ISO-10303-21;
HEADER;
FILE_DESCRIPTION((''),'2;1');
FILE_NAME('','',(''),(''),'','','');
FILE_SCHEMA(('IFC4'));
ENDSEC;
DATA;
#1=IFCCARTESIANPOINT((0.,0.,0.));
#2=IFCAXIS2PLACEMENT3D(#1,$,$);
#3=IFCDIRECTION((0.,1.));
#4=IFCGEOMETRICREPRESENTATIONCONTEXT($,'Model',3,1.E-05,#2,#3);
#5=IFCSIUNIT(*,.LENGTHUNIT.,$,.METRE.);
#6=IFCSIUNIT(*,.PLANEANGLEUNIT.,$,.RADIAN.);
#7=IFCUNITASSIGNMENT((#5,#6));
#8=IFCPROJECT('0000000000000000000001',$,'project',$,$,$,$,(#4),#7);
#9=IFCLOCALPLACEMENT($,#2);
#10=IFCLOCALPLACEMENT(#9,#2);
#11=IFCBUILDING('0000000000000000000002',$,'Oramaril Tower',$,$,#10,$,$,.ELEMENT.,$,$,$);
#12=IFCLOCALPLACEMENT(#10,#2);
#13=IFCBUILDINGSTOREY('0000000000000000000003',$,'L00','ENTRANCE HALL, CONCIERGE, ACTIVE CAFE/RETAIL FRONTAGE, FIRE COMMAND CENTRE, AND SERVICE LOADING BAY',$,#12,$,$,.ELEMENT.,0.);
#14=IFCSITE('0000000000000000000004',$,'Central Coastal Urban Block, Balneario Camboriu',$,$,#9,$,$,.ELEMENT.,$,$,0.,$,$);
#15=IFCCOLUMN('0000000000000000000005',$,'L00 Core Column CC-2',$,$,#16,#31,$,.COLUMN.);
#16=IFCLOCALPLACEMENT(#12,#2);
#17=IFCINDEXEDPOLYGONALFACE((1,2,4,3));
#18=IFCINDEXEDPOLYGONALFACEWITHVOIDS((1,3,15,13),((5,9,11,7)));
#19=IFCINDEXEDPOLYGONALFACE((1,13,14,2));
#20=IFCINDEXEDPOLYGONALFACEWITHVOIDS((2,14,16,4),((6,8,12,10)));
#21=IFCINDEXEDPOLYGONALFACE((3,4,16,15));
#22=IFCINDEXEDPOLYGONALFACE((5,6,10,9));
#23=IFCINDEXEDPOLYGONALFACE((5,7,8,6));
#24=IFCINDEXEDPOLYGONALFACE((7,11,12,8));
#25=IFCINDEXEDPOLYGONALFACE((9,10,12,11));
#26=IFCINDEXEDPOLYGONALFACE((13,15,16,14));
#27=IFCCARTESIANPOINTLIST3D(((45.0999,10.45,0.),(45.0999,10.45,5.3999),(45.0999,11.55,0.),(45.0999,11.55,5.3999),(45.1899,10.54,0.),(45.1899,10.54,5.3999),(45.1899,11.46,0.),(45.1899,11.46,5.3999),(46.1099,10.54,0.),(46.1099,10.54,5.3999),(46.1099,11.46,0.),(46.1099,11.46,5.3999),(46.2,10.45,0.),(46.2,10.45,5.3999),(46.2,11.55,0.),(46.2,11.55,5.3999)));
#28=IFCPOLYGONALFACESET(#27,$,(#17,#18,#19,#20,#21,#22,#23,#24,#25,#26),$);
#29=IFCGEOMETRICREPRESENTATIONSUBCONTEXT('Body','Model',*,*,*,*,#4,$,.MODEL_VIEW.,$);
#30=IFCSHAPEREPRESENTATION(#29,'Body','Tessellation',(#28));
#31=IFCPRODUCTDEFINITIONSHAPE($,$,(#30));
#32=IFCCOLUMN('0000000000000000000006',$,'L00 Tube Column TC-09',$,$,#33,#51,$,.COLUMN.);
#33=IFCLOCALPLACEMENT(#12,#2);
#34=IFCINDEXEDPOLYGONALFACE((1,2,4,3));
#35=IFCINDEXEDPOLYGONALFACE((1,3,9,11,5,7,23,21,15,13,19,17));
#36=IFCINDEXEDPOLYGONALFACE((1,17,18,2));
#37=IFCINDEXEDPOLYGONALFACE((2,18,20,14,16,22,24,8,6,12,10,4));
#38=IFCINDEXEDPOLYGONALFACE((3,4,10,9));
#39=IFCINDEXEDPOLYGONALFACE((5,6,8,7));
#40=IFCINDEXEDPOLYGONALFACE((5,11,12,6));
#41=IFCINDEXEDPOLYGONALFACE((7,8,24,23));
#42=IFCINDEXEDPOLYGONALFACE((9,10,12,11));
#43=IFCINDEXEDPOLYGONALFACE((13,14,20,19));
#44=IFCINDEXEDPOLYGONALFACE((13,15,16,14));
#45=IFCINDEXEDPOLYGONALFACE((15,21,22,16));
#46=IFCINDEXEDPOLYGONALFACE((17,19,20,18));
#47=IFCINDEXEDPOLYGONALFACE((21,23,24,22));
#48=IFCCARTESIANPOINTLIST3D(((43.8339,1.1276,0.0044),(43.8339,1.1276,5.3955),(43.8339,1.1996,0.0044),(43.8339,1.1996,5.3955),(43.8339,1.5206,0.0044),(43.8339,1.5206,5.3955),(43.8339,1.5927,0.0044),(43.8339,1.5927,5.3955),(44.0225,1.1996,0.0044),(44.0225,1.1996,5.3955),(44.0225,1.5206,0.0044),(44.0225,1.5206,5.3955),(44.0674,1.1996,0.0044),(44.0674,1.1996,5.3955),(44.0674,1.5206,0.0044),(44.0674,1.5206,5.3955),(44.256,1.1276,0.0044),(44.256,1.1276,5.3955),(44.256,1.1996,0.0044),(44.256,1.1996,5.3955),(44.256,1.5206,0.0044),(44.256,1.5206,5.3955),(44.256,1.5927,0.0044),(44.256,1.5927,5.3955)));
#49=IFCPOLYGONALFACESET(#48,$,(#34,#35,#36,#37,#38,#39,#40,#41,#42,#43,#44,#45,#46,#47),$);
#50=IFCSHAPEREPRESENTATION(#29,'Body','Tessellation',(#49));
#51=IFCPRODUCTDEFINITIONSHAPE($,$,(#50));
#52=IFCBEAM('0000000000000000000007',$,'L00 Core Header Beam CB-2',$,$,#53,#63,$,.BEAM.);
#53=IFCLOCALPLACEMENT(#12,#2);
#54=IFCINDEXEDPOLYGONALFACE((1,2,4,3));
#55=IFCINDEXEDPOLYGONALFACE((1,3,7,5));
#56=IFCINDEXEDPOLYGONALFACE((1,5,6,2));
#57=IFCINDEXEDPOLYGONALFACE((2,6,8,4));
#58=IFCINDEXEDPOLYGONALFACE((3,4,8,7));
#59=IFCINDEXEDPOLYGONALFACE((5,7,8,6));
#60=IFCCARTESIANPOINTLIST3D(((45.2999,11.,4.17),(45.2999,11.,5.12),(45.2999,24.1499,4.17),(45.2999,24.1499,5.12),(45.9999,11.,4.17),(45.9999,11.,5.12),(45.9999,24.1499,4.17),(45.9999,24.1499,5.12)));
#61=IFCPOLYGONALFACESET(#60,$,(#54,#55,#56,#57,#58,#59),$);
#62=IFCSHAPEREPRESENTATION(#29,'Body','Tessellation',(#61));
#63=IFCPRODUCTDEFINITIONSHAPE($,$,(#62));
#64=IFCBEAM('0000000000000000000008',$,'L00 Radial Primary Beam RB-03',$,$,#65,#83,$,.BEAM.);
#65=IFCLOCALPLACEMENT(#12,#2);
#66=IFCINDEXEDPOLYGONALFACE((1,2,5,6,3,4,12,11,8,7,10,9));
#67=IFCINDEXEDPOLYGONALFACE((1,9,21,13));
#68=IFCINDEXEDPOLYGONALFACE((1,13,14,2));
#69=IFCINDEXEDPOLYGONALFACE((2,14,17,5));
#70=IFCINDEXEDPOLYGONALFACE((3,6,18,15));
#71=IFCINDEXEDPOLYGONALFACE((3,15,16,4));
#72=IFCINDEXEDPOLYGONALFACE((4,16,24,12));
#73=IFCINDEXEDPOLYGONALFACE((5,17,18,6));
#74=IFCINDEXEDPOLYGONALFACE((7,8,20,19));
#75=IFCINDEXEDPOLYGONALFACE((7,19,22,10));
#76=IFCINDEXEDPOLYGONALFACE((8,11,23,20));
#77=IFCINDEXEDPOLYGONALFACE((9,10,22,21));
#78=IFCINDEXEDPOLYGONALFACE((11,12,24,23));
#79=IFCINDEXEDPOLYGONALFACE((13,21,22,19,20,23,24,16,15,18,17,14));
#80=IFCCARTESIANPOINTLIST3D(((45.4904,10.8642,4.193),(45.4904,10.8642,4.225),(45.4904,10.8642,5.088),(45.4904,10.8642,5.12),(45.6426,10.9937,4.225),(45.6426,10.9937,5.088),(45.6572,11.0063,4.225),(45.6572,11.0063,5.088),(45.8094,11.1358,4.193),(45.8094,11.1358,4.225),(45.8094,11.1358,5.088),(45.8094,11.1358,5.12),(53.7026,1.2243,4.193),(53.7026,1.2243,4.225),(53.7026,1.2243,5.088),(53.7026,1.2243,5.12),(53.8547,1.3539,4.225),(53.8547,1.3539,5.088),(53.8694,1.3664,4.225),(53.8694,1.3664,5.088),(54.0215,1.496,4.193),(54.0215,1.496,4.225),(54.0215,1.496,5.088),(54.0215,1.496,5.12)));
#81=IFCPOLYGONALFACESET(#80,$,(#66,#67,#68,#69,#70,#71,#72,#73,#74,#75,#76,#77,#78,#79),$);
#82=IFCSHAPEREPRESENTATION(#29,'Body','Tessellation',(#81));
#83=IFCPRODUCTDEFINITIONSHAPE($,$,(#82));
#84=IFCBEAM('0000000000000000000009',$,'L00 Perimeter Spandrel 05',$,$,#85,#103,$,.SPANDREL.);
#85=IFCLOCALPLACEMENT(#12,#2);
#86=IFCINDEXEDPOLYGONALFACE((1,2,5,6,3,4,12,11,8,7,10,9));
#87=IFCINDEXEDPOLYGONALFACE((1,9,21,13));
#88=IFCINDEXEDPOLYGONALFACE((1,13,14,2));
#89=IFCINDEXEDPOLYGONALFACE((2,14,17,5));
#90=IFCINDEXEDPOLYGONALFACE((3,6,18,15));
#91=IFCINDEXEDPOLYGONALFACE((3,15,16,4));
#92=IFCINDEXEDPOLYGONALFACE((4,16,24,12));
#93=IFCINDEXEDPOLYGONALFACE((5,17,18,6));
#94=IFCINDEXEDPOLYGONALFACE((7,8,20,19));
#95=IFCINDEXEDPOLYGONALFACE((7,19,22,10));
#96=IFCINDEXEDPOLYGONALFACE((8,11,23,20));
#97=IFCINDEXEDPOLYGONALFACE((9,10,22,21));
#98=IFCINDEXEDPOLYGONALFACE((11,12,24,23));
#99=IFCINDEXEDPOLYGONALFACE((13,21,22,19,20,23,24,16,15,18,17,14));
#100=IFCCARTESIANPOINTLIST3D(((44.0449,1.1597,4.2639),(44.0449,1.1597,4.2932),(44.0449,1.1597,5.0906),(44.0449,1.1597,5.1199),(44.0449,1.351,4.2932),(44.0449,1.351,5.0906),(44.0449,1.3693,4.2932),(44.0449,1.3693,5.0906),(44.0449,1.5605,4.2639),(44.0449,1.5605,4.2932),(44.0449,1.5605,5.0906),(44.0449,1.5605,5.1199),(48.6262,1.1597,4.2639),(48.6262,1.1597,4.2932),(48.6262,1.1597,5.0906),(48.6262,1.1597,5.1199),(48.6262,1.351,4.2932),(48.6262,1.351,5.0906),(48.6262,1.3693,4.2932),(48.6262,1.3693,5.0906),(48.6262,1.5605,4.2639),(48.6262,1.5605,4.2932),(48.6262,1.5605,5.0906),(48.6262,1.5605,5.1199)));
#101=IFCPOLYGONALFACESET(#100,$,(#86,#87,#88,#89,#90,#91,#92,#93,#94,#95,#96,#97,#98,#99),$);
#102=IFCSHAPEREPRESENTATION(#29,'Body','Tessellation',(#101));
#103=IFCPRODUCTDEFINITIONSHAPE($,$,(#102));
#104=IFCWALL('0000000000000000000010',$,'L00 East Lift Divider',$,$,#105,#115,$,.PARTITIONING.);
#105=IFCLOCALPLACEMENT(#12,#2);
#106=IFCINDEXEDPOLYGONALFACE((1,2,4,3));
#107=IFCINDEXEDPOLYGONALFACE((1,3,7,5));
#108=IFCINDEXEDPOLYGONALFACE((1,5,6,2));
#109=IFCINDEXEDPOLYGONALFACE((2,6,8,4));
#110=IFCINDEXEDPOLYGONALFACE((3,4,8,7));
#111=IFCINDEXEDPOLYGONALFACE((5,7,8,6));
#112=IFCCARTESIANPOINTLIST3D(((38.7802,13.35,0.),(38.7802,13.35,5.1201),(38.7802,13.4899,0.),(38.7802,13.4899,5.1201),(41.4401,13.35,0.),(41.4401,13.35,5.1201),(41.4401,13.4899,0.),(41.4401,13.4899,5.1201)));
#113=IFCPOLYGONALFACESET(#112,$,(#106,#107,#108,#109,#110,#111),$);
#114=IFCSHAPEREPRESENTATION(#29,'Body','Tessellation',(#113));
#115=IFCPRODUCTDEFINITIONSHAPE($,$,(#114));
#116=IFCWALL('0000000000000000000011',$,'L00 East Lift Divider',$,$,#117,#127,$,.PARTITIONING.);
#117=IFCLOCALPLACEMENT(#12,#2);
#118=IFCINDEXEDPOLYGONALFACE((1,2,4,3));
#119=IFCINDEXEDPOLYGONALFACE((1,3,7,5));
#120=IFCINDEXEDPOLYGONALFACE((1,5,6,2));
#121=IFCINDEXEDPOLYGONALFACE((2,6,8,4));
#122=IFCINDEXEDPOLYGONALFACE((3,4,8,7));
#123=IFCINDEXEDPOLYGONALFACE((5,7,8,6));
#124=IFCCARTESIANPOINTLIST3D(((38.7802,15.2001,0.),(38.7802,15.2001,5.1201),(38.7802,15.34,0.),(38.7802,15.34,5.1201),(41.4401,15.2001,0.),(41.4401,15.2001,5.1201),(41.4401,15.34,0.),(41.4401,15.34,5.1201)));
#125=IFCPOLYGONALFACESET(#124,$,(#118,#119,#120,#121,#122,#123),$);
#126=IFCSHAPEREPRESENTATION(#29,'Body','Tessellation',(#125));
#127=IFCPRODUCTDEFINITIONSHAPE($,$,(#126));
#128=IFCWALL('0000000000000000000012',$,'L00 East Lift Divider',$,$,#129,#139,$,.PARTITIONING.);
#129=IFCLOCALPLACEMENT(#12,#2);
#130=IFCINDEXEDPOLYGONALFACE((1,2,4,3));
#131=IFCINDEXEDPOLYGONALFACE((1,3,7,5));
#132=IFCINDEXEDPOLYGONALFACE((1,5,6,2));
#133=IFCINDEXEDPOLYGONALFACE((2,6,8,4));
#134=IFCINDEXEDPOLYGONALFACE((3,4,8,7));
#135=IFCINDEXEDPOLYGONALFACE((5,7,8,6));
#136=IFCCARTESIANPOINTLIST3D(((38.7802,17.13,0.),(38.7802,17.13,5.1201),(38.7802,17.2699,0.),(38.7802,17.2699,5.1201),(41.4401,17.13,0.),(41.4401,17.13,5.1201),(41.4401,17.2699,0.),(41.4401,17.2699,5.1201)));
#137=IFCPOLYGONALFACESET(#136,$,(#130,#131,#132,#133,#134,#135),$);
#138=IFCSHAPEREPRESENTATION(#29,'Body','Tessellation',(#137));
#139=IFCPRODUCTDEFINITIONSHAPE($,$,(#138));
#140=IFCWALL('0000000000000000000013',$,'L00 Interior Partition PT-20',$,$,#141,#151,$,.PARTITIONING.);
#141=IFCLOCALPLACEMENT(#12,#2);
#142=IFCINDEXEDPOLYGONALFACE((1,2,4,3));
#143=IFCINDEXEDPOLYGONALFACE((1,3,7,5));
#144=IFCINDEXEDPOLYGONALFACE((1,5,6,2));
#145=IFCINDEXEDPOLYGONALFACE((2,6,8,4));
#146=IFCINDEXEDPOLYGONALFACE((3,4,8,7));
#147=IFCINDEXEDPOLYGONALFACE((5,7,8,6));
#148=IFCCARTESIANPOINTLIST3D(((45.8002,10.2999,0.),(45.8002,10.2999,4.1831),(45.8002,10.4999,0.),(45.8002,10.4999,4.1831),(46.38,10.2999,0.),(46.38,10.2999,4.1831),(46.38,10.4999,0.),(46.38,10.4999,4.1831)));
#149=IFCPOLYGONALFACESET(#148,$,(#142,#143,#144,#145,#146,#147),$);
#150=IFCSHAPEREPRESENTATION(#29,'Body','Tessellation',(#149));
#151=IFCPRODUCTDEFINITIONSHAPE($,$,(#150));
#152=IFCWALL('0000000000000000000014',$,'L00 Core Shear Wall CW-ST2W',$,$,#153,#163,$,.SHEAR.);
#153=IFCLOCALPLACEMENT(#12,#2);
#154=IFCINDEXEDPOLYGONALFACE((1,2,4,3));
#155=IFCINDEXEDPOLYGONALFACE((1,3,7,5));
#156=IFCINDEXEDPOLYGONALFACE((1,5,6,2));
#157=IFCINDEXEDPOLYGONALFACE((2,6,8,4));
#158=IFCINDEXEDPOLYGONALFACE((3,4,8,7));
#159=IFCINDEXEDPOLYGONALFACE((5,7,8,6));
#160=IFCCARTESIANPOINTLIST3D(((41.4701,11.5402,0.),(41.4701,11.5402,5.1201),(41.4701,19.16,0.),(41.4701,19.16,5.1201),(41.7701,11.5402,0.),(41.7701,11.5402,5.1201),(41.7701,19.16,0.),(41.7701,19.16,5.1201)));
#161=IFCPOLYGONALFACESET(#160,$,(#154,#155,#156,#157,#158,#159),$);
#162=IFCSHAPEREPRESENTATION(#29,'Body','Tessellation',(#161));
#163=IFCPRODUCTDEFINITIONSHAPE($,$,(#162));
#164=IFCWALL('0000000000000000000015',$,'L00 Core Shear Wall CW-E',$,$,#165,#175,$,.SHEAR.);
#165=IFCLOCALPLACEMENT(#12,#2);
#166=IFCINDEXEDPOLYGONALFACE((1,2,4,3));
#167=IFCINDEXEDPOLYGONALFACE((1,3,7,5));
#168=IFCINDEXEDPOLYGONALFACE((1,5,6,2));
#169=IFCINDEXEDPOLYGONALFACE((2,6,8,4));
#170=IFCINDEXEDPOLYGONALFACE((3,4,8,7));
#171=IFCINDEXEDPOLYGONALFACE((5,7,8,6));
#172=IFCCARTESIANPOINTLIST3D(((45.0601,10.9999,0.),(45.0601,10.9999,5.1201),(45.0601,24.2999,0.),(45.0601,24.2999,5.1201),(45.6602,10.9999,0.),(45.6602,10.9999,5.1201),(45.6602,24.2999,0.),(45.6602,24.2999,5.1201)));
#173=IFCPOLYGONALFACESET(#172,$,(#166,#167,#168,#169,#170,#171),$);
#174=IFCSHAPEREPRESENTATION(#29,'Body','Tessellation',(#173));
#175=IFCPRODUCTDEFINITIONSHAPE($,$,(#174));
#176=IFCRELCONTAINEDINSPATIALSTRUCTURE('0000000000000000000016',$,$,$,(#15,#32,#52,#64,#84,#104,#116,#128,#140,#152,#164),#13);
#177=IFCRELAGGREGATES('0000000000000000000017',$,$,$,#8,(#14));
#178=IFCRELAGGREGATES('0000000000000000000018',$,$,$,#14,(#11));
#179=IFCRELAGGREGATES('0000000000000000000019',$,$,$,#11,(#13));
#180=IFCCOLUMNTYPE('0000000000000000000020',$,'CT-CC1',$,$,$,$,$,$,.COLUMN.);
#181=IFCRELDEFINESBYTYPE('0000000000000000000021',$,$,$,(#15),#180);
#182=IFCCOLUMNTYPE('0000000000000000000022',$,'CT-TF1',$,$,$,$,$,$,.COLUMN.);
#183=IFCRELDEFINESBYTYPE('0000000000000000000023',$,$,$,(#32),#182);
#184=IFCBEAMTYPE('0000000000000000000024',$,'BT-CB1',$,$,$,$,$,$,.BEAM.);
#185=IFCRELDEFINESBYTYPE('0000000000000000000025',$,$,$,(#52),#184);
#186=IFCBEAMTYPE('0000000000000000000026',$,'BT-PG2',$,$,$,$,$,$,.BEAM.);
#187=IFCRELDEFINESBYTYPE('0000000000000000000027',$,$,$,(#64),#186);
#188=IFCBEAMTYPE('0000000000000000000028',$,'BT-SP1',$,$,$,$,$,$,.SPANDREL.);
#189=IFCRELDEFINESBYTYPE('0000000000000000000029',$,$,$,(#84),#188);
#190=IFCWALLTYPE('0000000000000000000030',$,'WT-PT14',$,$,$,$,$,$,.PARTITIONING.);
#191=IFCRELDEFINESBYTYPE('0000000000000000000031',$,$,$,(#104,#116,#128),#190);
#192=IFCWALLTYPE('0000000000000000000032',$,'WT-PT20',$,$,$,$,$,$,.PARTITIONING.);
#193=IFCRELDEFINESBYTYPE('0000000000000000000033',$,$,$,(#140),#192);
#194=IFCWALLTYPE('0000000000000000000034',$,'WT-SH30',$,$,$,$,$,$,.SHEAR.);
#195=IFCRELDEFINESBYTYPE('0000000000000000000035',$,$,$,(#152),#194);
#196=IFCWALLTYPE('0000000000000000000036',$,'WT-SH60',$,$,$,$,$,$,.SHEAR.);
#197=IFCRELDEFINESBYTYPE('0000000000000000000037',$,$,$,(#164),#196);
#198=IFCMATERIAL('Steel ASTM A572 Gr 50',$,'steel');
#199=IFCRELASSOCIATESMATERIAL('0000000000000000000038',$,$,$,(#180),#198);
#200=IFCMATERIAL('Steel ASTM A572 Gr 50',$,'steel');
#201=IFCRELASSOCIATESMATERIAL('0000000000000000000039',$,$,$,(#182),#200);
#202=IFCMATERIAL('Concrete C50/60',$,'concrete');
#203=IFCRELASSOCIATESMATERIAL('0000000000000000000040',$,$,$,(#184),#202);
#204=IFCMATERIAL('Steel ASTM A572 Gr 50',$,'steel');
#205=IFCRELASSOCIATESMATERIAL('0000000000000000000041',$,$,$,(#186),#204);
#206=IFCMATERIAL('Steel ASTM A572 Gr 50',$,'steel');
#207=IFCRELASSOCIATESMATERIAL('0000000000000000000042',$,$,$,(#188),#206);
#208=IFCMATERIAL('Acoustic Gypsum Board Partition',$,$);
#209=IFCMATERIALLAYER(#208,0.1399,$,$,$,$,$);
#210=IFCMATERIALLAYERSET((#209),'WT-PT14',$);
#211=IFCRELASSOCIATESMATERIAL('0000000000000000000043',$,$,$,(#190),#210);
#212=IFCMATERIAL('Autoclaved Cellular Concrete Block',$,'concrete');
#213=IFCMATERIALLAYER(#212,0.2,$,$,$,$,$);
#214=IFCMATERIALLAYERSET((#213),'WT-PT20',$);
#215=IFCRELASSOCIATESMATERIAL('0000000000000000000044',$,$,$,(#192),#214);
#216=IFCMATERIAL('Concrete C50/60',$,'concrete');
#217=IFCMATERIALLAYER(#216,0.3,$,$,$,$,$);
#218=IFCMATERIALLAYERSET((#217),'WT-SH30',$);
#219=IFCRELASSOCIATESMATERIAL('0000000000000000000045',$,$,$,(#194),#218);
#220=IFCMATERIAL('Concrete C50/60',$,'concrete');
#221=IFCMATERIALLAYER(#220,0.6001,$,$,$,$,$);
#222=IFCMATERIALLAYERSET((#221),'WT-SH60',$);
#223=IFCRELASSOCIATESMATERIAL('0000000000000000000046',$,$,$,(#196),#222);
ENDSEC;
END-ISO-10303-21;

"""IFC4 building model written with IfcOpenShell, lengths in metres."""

from ifc_helpers import new_model, si_unit, direction, frame, frame_2d, origin, origin_2d, place, context, subcontext, project, spatial, rectangle, hollow_rectangle, i_section, extrude, material, layer, layer_set, material_profile, profile_set, type_object, element, save


model = new_model("IFC4")

# Units and contexts
model_context = context("Model", 3, precision=1e-05, world=origin(), true_north=direction((0.0, 1.0)))
body_context = subcontext(model_context, "Body", "Model", "MODEL_VIEW")
ifc_project = project(units=[si_unit("LENGTHUNIT", "METRE"), si_unit("PLANEANGLEUNIT", "RADIAN")], contexts=[model_context])

# Site, building, storey
site_placement = place(None, origin())
site = spatial("IfcSite", under=ifc_project, at=site_placement, Name="Central Coastal Urban Block, Balneario Camboriu", CompositionType="ELEMENT", RefElevation=0.0)
building_placement = place(site_placement, origin())
building = spatial("IfcBuilding", under=site, at=building_placement, Name="Oramaril Tower", CompositionType="ELEMENT")
storey_placement = place(building_placement, origin())
storey = spatial("IfcBuildingStorey", under=building, at=storey_placement, Name="L00", Description="ENTRANCE HALL, CONCIERGE, ACTIVE CAFE/RETAIL FRONTAGE, FIRE COMMAND CENTRE, AND SERVICE LOADING BAY", CompositionType="ELEMENT", Elevation=0.0)

# Columns
ifc_material_1 = material(Name="Steel ASTM A572 Gr 50", Category="steel")
ifc_material_profile_1 = material_profile(ifc_material_1, hollow_rectangle(XDim=1.1001, YDim=1.1001, WallThickness=0.0901, at=origin_2d()), Name="BOX1100X1100X90")
ifc_profile_set_1 = profile_set([ifc_material_profile_1], Name="Steel ASTM A572 Gr 50")
column_type_1 = type_object("IfcColumnType", Name="CT-CC1", PredefinedType="COLUMN", material=ifc_profile_set_1)
column_1_placement = place(storey_placement, frame((45.6499, 11.0, 0.0), z_axis=(0.0, 0.0, 1.0), x_axis=(1.0, 0.0, 0.0)))
element("IfcColumn", 1, at=column_1_placement, inside=storey, type_object=column_type_1, Name="L00 Core Column CC-2", PredefinedType="COLUMN", context=body_context, shape_type="SweptSolid", body=[
    extrude(hollow_rectangle(XDim=1.1001, YDim=1.1001, WallThickness=0.0901, at=origin_2d()), origin(), (0.0, 0.0, 1.0), 5.3999),
])
ifc_material_2 = material(Name="Steel ASTM A572 Gr 50", Category="steel")
ifc_material_profile_2 = material_profile(ifc_material_2, i_section(OverallWidth=0.4221, OverallDepth=0.4651, WebThickness=0.0449, FlangeThickness=0.072, at=origin_2d()), Name="W14X398")
ifc_profile_set_2 = profile_set([ifc_material_profile_2], Name="Steel ASTM A572 Gr 50")
column_type_2 = type_object("IfcColumnType", Name="CT-TF1", PredefinedType="COLUMN", material=ifc_profile_set_2)
column_2_placement = place(storey_placement, frame((44.0449, 1.3601, 0.0044), z_axis=(0.0, 0.0, 1.0), x_axis=(1.0, 0.0, 0.0)))
element("IfcColumn", 2, at=column_2_placement, inside=storey, type_object=column_type_2, Name="L00 Tube Column TC-09", PredefinedType="COLUMN", context=body_context, shape_type="SweptSolid", body=[
    extrude(i_section(OverallWidth=0.4221, OverallDepth=0.4651, WebThickness=0.0449, FlangeThickness=0.072, at=origin_2d()), origin(), (0.0, 0.0, 1.0), 5.3911),
])

# Beams
ifc_material_3 = material(Name="Concrete C50/60", Category="concrete")
ifc_material_profile_3 = material_profile(ifc_material_3, rectangle(XDim=0.7, YDim=0.95, at=origin_2d()), Name="CB700X950")
ifc_profile_set_3 = profile_set([ifc_material_profile_3], Name="Concrete C50/60")
beam_type_1 = type_object("IfcBeamType", Name="BT-CB1", PredefinedType="BEAM", material=ifc_profile_set_3)
beam_1_placement = place(storey_placement, frame((45.6499, 11.0, 4.645), z_axis=(0.0, 1.0, 0.0), x_axis=(-1.0, 0.0, 0.0)))
element("IfcBeam", 3, at=beam_1_placement, inside=storey, type_object=beam_type_1, Name="L00 Core Header Beam CB-2", PredefinedType="BEAM", context=body_context, shape_type="SweptSolid", body=[
    extrude(rectangle(XDim=0.7, YDim=0.95, at=origin_2d()), origin(), (0.0, 0.0, 1.0), 13.1499),
])
ifc_material_4 = material(Name="Steel ASTM A572 Gr 50", Category="steel")
ifc_material_profile_4 = material_profile(ifc_material_4, i_section(OverallWidth=0.4189, OverallDepth=0.927, WebThickness=0.0193, FlangeThickness=0.032, at=origin_2d()), Name="W36X231")
ifc_profile_set_4 = profile_set([ifc_material_profile_4], Name="Steel ASTM A572 Gr 50")
beam_type_2 = type_object("IfcBeamType", Name="BT-PG2", PredefinedType="BEAM", material=ifc_profile_set_4)
beam_2_placement = place(storey_placement, frame((45.6499, 11.0, 4.6565), z_axis=(0.648485, -0.761228, 0.0), x_axis=(0.761228, 0.648485, 0.0)))
element("IfcBeam", 4, at=beam_2_placement, inside=storey, type_object=beam_type_2, Name="L00 Radial Primary Beam RB-03", PredefinedType="BEAM", context=body_context, shape_type="SweptSolid", body=[
    extrude(i_section(OverallWidth=0.4189, OverallDepth=0.927, WebThickness=0.0193, FlangeThickness=0.032, at=origin_2d()), origin(), (0.0, 0.0, 1.0), 12.6636),
])
ifc_material_5 = material(Name="Steel ASTM A572 Gr 50", Category="steel")
ifc_material_profile_5 = material_profile(ifc_material_5, i_section(OverallWidth=0.4009, OverallDepth=0.856, WebThickness=0.0183, FlangeThickness=0.0293, at=origin_2d()), Name="W33X201")
ifc_profile_set_5 = profile_set([ifc_material_profile_5], Name="Steel ASTM A572 Gr 50")
beam_type_3 = type_object("IfcBeamType", Name="BT-SP1", PredefinedType="SPANDREL", material=ifc_profile_set_5)
beam_3_placement = place(storey_placement, frame((44.0449, 1.3601, 4.6919), z_axis=(1.0, 0.0, 0.0), x_axis=(0.0, 1.0, 0.0)))
element("IfcBeam", 5, at=beam_3_placement, inside=storey, type_object=beam_type_3, Name="L00 Perimeter Spandrel 05", PredefinedType="SPANDREL", context=body_context, shape_type="SweptSolid", body=[
    extrude(i_section(OverallWidth=0.4009, OverallDepth=0.856, WebThickness=0.0183, FlangeThickness=0.0293, at=origin_2d()), origin(), (0.0, 0.0, 1.0), 4.5813),
])

# Walls
ifc_material_6 = material(Name="Acoustic Gypsum Board Partition")
ifc_layer_1 = layer(ifc_material_6, 0.1399)
ifc_layer_set_1 = layer_set([ifc_layer_1], Name="WT-PT14")
wall_type_1 = type_object("IfcWallType", Name="WT-PT14", PredefinedType="PARTITIONING", material=ifc_layer_set_1)
for number, where, z_axis, x_axis, name in (
    (6, (38.78, 13.4199, 0.0), (0.0, 0.0, 1.0), (1.0, 0.0, 0.0), "L00 East Lift Divider"),
    (7, (38.78, 15.27, 0.0), (0.0, 0.0, 1.0), (1.0, 0.0, 0.0), "L00 East Lift Divider"),
    (8, (38.78, 17.2, 0.0), (0.0, 0.0, 1.0), (1.0, 0.0, 0.0), "L00 East Lift Divider"),
):
    element("IfcWall", number, at=place(storey_placement, frame(where, z_axis=z_axis, x_axis=x_axis)), inside=storey, type_object=wall_type_1, Name=name, PredefinedType="PARTITIONING", context=body_context, shape_type="SweptSolid", body=[
        extrude(rectangle(XDim=2.6599, YDim=0.1399, at=frame_2d((1.3301, 0.0))), origin(), (0.0, 0.0, 1.0), 5.1201),
    ])
ifc_material_7 = material(Name="Autoclaved Cellular Concrete Block", Category="concrete")
ifc_layer_2 = layer(ifc_material_7, 0.2)
ifc_layer_set_2 = layer_set([ifc_layer_2], Name="WT-PT20")
wall_type_2 = type_object("IfcWallType", Name="WT-PT20", PredefinedType="PARTITIONING", material=ifc_layer_set_2)
wall_1_placement = place(storey_placement, frame((45.8, 10.3999, 0.0), z_axis=(0.0, 0.0, 1.0), x_axis=(1.0, 0.0, 0.0)))
element("IfcWall", 9, at=wall_1_placement, inside=storey, type_object=wall_type_2, Name="L00 Interior Partition PT-20", PredefinedType="PARTITIONING", context=body_context, shape_type="SweptSolid", body=[
    extrude(rectangle(XDim=0.5798, YDim=0.2, at=frame_2d((0.29, 0.0))), origin(), (0.0, 0.0, 1.0), 4.1831),
])
ifc_material_8 = material(Name="Concrete C50/60", Category="concrete")
ifc_layer_3 = layer(ifc_material_8, 0.3)
ifc_layer_set_3 = layer_set([ifc_layer_3], Name="WT-SH30")
wall_type_3 = type_object("IfcWallType", Name="WT-SH30", PredefinedType="SHEAR", material=ifc_layer_set_3)
wall_2_placement = place(storey_placement, frame((41.6201, 11.54, 0.0), z_axis=(0.0, 0.0, 1.0), x_axis=(0.0, 1.0, 0.0)))
element("IfcWall", 10, at=wall_2_placement, inside=storey, type_object=wall_type_3, Name="L00 Core Shear Wall CW-ST2W", PredefinedType="SHEAR", context=body_context, shape_type="SweptSolid", body=[
    extrude(rectangle(XDim=7.6199, YDim=0.3, at=frame_2d((3.8101, 0.0))), origin(), (0.0, 0.0, 1.0), 5.1201),
])
ifc_material_9 = material(Name="Concrete C50/60", Category="concrete")
ifc_layer_4 = layer(ifc_material_9, 0.6001)
ifc_layer_set_4 = layer_set([ifc_layer_4], Name="WT-SH60")
wall_type_4 = type_object("IfcWallType", Name="WT-SH60", PredefinedType="SHEAR", material=ifc_layer_set_4)
wall_3_placement = place(storey_placement, frame((45.3601, 11.0, 0.0), z_axis=(0.0, 0.0, 1.0), x_axis=(0.0, 1.0, 0.0)))
element("IfcWall", 11, at=wall_3_placement, inside=storey, type_object=wall_type_4, Name="L00 Core Shear Wall CW-E", PredefinedType="SHEAR", context=body_context, shape_type="SweptSolid", body=[
    extrude(rectangle(XDim=13.3, YDim=0.6001, at=frame_2d((6.6499, 0.0))), origin(), (0.0, 0.0, 1.0), 5.1201),
])

save(model, "model.ifc")
